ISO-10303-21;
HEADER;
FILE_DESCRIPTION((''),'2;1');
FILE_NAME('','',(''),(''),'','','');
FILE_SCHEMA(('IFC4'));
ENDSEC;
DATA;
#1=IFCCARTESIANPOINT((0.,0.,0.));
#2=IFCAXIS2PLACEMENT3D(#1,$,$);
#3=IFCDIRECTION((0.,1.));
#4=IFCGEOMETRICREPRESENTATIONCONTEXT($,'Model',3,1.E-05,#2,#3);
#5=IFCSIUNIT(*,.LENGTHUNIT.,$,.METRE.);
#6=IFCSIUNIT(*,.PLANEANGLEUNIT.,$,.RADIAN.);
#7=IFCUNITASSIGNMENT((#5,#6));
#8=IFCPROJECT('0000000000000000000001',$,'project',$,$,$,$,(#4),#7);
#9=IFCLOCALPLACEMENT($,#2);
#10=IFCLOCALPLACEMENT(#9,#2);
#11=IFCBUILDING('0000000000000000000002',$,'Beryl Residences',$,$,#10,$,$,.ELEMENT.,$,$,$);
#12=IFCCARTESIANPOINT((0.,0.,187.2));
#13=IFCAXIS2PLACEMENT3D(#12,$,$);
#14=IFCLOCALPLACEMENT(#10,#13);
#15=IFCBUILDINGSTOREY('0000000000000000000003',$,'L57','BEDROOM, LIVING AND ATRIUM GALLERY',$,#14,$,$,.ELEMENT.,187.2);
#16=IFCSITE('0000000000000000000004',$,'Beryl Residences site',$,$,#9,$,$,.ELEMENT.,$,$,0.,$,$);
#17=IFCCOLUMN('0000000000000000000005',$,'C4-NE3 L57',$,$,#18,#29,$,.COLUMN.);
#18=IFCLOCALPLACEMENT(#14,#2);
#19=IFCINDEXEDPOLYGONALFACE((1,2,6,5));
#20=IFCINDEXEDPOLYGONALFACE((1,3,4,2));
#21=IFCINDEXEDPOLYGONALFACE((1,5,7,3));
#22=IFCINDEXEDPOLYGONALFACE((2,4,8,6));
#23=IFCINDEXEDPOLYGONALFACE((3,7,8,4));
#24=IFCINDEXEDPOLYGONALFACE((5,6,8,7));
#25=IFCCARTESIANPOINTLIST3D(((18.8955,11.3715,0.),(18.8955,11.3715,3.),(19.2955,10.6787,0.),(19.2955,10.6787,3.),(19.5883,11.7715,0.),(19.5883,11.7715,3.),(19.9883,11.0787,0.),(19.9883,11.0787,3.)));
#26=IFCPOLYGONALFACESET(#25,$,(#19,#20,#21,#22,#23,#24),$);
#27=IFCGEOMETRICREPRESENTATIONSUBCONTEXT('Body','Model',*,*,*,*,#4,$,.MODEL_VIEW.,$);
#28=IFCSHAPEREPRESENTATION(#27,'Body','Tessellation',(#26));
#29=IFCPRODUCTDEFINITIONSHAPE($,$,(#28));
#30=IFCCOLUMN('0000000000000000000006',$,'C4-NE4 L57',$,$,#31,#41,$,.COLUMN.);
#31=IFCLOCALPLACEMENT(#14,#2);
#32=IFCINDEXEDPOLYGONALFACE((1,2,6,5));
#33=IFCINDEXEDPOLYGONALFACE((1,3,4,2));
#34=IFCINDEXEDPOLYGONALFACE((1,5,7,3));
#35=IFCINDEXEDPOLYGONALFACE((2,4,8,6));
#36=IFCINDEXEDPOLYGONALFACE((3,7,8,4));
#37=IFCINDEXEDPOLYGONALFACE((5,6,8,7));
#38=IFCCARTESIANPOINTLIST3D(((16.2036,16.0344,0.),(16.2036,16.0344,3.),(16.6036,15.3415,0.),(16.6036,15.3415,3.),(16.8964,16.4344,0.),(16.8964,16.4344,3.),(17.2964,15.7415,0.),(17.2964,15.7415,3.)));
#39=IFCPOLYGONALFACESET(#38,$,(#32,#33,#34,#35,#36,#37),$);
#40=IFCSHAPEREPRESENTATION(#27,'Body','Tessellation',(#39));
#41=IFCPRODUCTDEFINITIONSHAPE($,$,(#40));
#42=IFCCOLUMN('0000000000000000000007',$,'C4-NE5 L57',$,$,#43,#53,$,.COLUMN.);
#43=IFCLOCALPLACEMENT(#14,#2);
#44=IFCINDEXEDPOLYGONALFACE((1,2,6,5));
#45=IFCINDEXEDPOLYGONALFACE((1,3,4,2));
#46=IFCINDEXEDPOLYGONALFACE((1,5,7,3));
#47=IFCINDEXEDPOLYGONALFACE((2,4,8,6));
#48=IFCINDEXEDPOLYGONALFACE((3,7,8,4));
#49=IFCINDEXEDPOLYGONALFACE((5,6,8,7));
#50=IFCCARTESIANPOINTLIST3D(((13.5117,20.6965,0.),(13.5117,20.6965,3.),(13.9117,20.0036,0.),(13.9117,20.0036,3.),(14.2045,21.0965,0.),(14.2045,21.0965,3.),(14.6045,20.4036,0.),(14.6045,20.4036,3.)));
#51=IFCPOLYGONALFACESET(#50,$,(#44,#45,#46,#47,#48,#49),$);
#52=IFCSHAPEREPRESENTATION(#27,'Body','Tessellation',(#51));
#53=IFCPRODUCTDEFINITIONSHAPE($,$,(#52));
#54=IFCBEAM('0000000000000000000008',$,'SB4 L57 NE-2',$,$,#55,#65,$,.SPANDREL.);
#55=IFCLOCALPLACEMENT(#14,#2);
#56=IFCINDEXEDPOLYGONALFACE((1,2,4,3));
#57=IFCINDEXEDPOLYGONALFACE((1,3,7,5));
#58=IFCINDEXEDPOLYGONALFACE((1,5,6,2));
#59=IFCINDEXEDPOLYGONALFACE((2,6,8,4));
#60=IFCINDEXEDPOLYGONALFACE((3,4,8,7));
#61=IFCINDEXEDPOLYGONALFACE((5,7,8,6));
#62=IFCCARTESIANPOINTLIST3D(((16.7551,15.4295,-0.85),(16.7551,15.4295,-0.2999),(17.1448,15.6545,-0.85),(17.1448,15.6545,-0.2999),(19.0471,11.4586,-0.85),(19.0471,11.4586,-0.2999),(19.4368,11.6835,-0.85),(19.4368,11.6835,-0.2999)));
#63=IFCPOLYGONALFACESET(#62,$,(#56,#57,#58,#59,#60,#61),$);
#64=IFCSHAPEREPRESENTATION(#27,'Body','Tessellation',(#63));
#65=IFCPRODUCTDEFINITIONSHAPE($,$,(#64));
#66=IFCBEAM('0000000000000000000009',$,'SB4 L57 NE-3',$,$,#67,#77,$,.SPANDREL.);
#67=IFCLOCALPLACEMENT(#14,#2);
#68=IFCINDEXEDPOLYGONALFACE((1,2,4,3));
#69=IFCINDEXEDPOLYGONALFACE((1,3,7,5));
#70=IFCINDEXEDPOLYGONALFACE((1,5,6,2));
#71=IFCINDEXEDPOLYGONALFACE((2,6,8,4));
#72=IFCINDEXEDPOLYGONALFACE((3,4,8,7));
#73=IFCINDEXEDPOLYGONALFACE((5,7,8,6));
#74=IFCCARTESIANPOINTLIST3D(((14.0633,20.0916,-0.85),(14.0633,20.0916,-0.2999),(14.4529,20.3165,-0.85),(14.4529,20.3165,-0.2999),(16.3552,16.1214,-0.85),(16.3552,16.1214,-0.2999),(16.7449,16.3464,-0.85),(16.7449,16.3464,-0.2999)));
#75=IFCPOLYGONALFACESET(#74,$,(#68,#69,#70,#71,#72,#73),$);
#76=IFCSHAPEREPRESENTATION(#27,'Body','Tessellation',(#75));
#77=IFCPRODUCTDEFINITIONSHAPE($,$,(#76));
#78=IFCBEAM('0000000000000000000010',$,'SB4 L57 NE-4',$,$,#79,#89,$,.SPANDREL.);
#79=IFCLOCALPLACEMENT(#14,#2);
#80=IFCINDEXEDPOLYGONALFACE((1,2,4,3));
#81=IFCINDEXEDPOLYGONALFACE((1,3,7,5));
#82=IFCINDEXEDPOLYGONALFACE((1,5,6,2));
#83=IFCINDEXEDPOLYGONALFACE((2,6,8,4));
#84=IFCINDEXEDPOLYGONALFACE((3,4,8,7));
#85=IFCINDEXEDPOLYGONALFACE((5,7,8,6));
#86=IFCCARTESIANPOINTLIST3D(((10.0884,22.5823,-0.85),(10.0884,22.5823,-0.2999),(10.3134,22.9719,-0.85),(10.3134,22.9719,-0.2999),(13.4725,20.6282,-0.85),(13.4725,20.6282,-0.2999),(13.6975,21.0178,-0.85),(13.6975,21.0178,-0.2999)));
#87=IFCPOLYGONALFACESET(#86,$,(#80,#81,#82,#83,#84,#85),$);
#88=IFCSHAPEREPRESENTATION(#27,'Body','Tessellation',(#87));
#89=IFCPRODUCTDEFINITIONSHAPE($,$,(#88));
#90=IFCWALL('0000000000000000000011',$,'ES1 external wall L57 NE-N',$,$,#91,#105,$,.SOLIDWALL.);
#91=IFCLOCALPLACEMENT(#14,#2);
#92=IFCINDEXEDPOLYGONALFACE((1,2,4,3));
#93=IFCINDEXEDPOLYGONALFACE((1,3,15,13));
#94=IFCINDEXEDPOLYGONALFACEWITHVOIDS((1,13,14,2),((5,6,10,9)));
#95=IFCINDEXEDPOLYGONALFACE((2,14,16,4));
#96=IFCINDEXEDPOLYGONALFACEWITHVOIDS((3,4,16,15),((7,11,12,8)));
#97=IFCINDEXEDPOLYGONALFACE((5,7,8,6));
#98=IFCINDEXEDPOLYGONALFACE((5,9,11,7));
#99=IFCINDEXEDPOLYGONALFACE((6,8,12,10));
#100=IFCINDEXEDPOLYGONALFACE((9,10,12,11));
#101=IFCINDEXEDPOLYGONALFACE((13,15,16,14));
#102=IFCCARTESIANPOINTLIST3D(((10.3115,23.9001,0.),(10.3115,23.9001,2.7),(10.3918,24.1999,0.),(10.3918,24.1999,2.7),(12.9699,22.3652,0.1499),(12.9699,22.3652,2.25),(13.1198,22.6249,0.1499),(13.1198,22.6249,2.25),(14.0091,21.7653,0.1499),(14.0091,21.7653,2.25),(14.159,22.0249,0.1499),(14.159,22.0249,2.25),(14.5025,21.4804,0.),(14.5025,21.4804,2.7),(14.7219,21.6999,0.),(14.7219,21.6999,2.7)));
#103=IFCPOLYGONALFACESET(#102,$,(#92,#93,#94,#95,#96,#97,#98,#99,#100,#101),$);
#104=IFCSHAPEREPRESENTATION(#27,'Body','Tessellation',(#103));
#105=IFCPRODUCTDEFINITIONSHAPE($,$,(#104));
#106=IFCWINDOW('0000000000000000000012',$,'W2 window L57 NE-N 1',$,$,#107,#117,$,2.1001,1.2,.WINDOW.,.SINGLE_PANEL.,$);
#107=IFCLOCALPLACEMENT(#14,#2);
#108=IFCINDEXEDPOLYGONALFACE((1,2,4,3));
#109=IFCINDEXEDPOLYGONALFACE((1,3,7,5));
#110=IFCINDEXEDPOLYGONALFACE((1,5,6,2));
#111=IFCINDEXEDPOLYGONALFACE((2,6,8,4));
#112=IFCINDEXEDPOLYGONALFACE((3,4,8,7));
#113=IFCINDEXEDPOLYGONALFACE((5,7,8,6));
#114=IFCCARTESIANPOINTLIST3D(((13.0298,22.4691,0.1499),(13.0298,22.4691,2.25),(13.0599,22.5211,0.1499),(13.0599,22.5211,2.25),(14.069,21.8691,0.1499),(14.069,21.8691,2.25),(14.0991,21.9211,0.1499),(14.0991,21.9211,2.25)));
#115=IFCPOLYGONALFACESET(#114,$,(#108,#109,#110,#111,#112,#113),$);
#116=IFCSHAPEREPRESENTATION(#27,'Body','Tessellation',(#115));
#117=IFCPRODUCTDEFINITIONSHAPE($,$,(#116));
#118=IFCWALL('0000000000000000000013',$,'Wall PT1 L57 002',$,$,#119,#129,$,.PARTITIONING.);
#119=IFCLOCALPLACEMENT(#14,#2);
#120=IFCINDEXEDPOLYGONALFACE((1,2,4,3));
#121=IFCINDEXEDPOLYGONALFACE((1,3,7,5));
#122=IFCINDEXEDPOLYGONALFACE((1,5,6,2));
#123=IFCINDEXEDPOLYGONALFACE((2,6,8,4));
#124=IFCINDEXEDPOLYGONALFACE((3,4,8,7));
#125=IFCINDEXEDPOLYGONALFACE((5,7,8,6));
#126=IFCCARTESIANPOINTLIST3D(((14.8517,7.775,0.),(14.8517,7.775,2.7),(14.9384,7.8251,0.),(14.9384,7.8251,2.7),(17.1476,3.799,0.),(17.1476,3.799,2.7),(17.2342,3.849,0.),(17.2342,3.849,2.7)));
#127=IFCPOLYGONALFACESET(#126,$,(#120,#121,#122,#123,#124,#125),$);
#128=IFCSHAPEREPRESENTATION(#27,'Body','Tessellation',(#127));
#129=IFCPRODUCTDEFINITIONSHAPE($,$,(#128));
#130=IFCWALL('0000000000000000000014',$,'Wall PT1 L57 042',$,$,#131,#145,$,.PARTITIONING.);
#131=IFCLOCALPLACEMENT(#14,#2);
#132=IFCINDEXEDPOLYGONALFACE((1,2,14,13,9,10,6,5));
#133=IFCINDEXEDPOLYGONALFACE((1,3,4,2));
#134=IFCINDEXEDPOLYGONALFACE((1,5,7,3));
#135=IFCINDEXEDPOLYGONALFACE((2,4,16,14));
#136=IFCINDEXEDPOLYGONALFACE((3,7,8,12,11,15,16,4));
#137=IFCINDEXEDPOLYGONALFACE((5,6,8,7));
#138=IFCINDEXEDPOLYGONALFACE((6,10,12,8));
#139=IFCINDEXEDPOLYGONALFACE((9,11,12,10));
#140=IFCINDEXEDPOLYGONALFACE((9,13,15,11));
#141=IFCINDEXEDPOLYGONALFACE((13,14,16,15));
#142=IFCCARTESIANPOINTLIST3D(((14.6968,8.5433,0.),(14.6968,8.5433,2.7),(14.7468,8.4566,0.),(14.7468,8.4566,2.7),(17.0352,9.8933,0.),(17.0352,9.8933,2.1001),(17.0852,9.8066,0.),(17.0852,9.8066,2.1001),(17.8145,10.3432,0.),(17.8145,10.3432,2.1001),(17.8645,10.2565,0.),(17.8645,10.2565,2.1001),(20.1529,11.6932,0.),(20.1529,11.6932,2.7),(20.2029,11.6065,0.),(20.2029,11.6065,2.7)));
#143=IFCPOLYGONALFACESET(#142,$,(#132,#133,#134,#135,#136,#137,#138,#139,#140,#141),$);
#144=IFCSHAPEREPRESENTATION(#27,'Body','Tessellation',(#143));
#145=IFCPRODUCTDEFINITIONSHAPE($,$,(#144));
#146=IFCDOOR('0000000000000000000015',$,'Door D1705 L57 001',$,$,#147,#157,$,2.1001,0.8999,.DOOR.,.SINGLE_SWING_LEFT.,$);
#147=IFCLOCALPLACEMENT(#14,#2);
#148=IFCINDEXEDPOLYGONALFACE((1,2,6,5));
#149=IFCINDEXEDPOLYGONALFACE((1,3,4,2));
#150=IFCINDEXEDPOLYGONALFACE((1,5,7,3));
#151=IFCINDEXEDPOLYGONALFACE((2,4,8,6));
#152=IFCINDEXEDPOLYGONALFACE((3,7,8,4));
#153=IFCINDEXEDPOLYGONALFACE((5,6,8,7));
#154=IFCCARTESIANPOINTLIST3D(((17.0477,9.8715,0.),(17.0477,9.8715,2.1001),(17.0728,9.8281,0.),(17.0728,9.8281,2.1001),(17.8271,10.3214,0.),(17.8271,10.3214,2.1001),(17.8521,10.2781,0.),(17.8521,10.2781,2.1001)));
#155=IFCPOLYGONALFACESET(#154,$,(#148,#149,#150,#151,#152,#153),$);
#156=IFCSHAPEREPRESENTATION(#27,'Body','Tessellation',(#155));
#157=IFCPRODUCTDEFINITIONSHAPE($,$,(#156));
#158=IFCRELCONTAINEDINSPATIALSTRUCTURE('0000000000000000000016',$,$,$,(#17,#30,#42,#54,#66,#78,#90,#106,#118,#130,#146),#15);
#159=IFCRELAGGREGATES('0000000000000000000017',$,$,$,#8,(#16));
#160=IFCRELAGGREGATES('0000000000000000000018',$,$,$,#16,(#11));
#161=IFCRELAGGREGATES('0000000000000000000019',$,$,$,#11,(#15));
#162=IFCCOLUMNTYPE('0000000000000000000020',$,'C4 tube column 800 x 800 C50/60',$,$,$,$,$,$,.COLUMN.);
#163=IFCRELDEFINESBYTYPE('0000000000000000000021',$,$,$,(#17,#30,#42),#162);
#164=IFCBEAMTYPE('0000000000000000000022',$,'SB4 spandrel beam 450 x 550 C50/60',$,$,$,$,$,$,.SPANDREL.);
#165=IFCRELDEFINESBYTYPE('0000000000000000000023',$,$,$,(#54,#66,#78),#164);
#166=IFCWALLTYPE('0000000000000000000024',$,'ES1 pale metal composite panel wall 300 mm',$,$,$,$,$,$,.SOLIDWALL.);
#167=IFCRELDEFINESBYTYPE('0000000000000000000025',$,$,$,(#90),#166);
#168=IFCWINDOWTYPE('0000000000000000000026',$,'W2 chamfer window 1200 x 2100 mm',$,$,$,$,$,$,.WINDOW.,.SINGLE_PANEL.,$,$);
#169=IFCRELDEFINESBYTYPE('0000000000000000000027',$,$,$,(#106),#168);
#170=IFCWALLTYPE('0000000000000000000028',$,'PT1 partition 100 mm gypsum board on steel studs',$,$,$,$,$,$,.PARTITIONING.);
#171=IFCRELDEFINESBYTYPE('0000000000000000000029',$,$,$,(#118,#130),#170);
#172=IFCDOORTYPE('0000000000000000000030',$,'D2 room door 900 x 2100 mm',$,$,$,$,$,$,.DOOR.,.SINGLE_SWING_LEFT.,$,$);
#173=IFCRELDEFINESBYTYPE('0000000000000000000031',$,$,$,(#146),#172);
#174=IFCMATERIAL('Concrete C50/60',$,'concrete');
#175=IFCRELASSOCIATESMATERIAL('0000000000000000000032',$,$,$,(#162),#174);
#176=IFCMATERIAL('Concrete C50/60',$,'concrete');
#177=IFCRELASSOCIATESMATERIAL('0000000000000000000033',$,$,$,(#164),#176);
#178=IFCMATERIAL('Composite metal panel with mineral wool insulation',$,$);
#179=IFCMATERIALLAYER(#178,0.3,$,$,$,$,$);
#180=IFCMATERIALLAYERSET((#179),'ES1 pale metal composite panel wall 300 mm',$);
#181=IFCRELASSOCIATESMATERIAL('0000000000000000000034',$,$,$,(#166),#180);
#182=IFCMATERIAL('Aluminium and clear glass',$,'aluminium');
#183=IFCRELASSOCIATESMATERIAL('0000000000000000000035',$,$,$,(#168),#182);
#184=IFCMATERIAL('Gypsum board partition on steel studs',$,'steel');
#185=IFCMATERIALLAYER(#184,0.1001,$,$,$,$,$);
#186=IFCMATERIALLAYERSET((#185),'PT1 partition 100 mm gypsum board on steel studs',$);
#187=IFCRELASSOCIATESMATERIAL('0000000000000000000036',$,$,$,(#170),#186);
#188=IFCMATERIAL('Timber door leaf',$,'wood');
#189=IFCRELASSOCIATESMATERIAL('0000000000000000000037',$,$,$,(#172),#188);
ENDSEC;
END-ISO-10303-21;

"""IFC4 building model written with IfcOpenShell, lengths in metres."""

from ifc_helpers import new_model, si_unit, direction, frame, frame_2d, origin, origin_2d, place, context, subcontext, project, spatial, polyline, rectangle, outline, extrude, material, layer, layer_set, material_profile, profile_set, type_object, element, fill, save


model = new_model("IFC4")

# Units and contexts
model_context = context("Model", 3, precision=1e-05, world=origin(), true_north=direction((0.0, 1.0)))
body_context = subcontext(model_context, "Body", "Model", "MODEL_VIEW")
ifc_project = project(units=[si_unit("LENGTHUNIT", "METRE"), si_unit("PLANEANGLEUNIT", "RADIAN")], contexts=[model_context])

# Site, building, storey
site_placement = place(None, origin())
site = spatial("IfcSite", under=ifc_project, at=site_placement, Name="Beryl Residences site", CompositionType="ELEMENT", RefElevation=0.0)
building_placement = place(site_placement, origin())
building = spatial("IfcBuilding", under=site, at=building_placement, Name="Beryl Residences", CompositionType="ELEMENT")
storey_placement = place(building_placement, frame((0.0, 0.0, 187.2)))
storey = spatial("IfcBuildingStorey", under=building, at=storey_placement, Name="L57", Description="BEDROOM, LIVING AND ATRIUM GALLERY", CompositionType="ELEMENT", Elevation=187.2)

# Columns
ifc_material_1 = material(Name="Concrete C50/60", Category="concrete")
ifc_material_profile_1 = material_profile(ifc_material_1, rectangle(XDim=0.8, YDim=0.8, at=origin_2d()))
ifc_profile_set_1 = profile_set([ifc_material_profile_1], Name="Concrete C50/60")
column_type = type_object("IfcColumnType", Name="C4 tube column 800 x 800 C50/60", PredefinedType="COLUMN", material=ifc_profile_set_1)
for number, where, z_axis, x_axis, name in (
    (1, (19.4419, 11.2251, 0.0), (0.0, 0.0, 1.0), (-0.5, 0.866025, 0.0), "C4-NE3 L57"),
    (2, (16.75, 15.8879, 0.0), (0.0, 0.0, 1.0), (-0.5, 0.866025, 0.0), "C4-NE4 L57"),
    (3, (14.0581, 20.55, 0.0), (0.0, 0.0, 1.0), (-0.5, 0.866025, 0.0), "C4-NE5 L57"),
):
    element("IfcColumn", number, at=place(storey_placement, frame(where, z_axis=z_axis, x_axis=x_axis)), inside=storey, type_object=column_type, Name=name, PredefinedType="COLUMN", context=body_context, shape_type="SweptSolid", body=[
        extrude(rectangle(XDim=0.8, YDim=0.8, at=origin_2d()), origin(), (0.0, 0.0, 1.0), 3.0),
    ])

# Beams
ifc_material_2 = material(Name="Concrete C50/60", Category="concrete")
ifc_material_profile_2 = material_profile(ifc_material_2, rectangle(XDim=0.45, YDim=0.55, at=origin_2d()))
ifc_profile_set_2 = profile_set([ifc_material_profile_2], Name="Concrete C50/60")
beam_type = type_object("IfcBeamType", Name="SB4 spandrel beam 450 x 550 C50/60", PredefinedType="SPANDREL", material=ifc_profile_set_2)
beam_1_placement = place(storey_placement, frame((19.2419, 11.571, -0.575), z_axis=(-0.499896, 0.866085, 0.0), x_axis=(-0.866085, -0.499896, 0.0)))
element("IfcBeam", 4, at=beam_1_placement, inside=storey, type_object=beam_type, Name="SB4 L57 NE-2", PredefinedType="SPANDREL", context=body_context, shape_type="SweptSolid", body=[
    extrude(rectangle(XDim=0.45, YDim=0.55, at=origin_2d()), origin(), (0.0, 0.0, 1.0), 4.585),
])
beam_2_placement = place(storey_placement, frame((16.55, 16.2339, -0.575), z_axis=(-0.499965, 0.866045, 0.0), x_axis=(-0.866045, -0.499965, 0.0)))
element("IfcBeam", 5, at=beam_2_placement, inside=storey, type_object=beam_type, Name="SB4 L57 NE-3", PredefinedType="SPANDREL", context=body_context, shape_type="SweptSolid", body=[
    extrude(rectangle(XDim=0.45, YDim=0.55, at=origin_2d()), origin(), (0.0, 0.0, 1.0), 4.5842),
])
beam_3_placement = place(storey_placement, frame((13.585, 20.823, -0.575), z_axis=(-0.865989, 0.500063, 0.0), x_axis=(-0.500063, -0.865989, 0.0)))
element("IfcBeam", 6, at=beam_3_placement, inside=storey, type_object=beam_type, Name="SB4 L57 NE-4", PredefinedType="SPANDREL", context=body_context, shape_type="SweptSolid", body=[
    extrude(rectangle(XDim=0.45, YDim=0.55, at=origin_2d()), origin(), (0.0, 0.0, 1.0), 3.9077),
])

# Wall, opening, window
ifc_material_3 = material(Name="Composite metal panel with mineral wool insulation")
ifc_layer_1 = layer(ifc_material_3, 0.3)
ifc_layer_set_1 = layer_set([ifc_layer_1], Name="ES1 pale metal composite panel wall 300 mm")
wall_type_1 = type_object("IfcWallType", Name="ES1 pale metal composite panel wall 300 mm", PredefinedType="SOLIDWALL", material=ifc_layer_set_1)
wall_1_placement = place(storey_placement, frame((14.647, 21.5701, 0.0), z_axis=(0.0, 0.0, 1.0), x_axis=(-0.866023, 0.500004, 0.0)))
wall_1 = element("IfcWall", 7, at=wall_1_placement, inside=storey, type_object=wall_type_1, Name="ES1 external wall L57 NE-N", PredefinedType="SOLIDWALL", context=body_context, shape_type="SweptSolid", body=[
    extrude(outline(polyline([(0.0, -0.1499), (5.0, -0.1499), (4.9197, 0.1499), (0.0803, 0.1499), (0.0, -0.1499)])), origin(), (0.0, 0.0, 1.0), 2.7),
])
opening_1_placement = place(wall_1_placement, frame((0.6499, 0.0, 0.1499)))
opening_1 = element("IfcOpeningElement", 8, at=opening_1_placement, cuts=wall_1, PredefinedType="OPENING", context=body_context, shape_type="SweptSolid", body=[
    extrude(rectangle(XDim=1.2, YDim=2.1001, at=frame_2d((0.6001, 1.05))), frame((0.0, 0.1599, 0.0), z_axis=(0.0, -1.0, 0.0), x_axis=(1.0, 0.0, 0.0)), (0.0, 0.0, 1.0), 0.3201),
])
ifc_material_4 = material(Name="Aluminium and clear glass", Category="aluminium")
window_type = type_object("IfcWindowType", Name="W2 chamfer window 1200 x 2100 mm", PartitioningType="SINGLE_PANEL", PredefinedType="WINDOW", material=ifc_material_4)
window_placement = place(opening_1_placement, origin())
window = element("IfcWindow", 9, at=window_placement, inside=storey, type_object=window_type, Name="W2 window L57 NE-N 1", OverallHeight=2.1001, OverallWidth=1.2, PartitioningType="SINGLE_PANEL", PredefinedType="WINDOW", context=body_context, shape_type="SweptSolid", body=[
    extrude(rectangle(XDim=1.2, YDim=2.1001, at=frame_2d((0.6001, 1.05))), frame((0.0, 0.03, 0.0), z_axis=(0.0, -1.0, 0.0), x_axis=(1.0, 0.0, 0.0)), (0.0, 0.0, 1.0), 0.0601),
])
fill(opening_1, window)

# Wall
ifc_material_5 = material(Name="Gypsum board partition on steel studs", Category="steel")
ifc_layer_2 = layer(ifc_material_5, 0.1001)
ifc_layer_set_2 = layer_set([ifc_layer_2], Name="PT1 partition 100 mm gypsum board on steel studs")
wall_type_2 = type_object("IfcWallType", Name="PT1 partition 100 mm gypsum board on steel studs", PredefinedType="PARTITIONING", material=ifc_layer_set_2)
wall_2_placement = place(storey_placement, frame((14.895, 7.8, 0.0), z_axis=(0.0, 0.0, 1.0), x_axis=(0.500051, -0.865996, 0.0)))
element("IfcWall", 10, at=wall_2_placement, inside=storey, type_object=wall_type_2, Name="Wall PT1 L57 002", PredefinedType="PARTITIONING", context=body_context, shape_type="SweptSolid", body=[
    extrude(rectangle(XDim=4.5913, YDim=0.1001, at=frame_2d((2.2957, 0.0))), origin(), (0.0, 0.0, 1.0), 2.7),
])

# Wall, opening, door
wall_3_placement = place(storey_placement, frame((14.7219, 8.5, 0.0), z_axis=(0.0, 0.0, 1.0), x_axis=(0.866036, 0.499982, 0.0)))
wall_3 = element("IfcWall", 11, at=wall_3_placement, inside=storey, type_object=wall_type_2, Name="Wall PT1 L57 042", PredefinedType="PARTITIONING", context=body_context, shape_type="SweptSolid", body=[
    extrude(rectangle(XDim=6.3, YDim=0.1001, at=frame_2d((3.1499, 0.0))), origin(), (0.0, 0.0, 1.0), 2.7),
])
opening_2_placement = place(wall_3_placement, frame((2.7, 0.0, 0.0)))
opening_2 = element("IfcOpeningElement", 12, at=opening_2_placement, cuts=wall_3, PredefinedType="OPENING", context=body_context, shape_type="SweptSolid", body=[
    extrude(rectangle(XDim=0.8999, YDim=2.1001, at=frame_2d((0.45, 1.05))), frame((0.0, 0.0601, 0.0), z_axis=(0.0, -1.0, 0.0), x_axis=(1.0, 0.0, 0.0)), (0.0, 0.0, 1.0), 0.1201),
])
ifc_material_6 = material(Name="Timber door leaf", Category="wood")
door_type_1 = type_object("IfcDoorType", Name="D2 room door 900 x 2100 mm", OperationType="SINGLE_SWING_LEFT", PredefinedType="DOOR", material=ifc_material_6)
door_1_placement = place(opening_2_placement, origin())
door_1 = element("IfcDoor", 13, at=door_1_placement, inside=storey, type_object=door_type_1, Name="Door D1705 L57 001", OperationType="SINGLE_SWING_LEFT", OverallHeight=2.1001, OverallWidth=0.8999, PredefinedType="DOOR", context=body_context, shape_type="SweptSolid", body=[
    extrude(rectangle(XDim=0.8999, YDim=2.1001, at=frame_2d((0.45, 1.05))), frame((0.0, 0.0249, 0.0), z_axis=(0.0, -1.0, 0.0), x_axis=(1.0, 0.0, 0.0)), (0.0, 0.0, 1.0), 0.05),
])
fill(opening_2, door_1)

save(model, "model.ifc")
